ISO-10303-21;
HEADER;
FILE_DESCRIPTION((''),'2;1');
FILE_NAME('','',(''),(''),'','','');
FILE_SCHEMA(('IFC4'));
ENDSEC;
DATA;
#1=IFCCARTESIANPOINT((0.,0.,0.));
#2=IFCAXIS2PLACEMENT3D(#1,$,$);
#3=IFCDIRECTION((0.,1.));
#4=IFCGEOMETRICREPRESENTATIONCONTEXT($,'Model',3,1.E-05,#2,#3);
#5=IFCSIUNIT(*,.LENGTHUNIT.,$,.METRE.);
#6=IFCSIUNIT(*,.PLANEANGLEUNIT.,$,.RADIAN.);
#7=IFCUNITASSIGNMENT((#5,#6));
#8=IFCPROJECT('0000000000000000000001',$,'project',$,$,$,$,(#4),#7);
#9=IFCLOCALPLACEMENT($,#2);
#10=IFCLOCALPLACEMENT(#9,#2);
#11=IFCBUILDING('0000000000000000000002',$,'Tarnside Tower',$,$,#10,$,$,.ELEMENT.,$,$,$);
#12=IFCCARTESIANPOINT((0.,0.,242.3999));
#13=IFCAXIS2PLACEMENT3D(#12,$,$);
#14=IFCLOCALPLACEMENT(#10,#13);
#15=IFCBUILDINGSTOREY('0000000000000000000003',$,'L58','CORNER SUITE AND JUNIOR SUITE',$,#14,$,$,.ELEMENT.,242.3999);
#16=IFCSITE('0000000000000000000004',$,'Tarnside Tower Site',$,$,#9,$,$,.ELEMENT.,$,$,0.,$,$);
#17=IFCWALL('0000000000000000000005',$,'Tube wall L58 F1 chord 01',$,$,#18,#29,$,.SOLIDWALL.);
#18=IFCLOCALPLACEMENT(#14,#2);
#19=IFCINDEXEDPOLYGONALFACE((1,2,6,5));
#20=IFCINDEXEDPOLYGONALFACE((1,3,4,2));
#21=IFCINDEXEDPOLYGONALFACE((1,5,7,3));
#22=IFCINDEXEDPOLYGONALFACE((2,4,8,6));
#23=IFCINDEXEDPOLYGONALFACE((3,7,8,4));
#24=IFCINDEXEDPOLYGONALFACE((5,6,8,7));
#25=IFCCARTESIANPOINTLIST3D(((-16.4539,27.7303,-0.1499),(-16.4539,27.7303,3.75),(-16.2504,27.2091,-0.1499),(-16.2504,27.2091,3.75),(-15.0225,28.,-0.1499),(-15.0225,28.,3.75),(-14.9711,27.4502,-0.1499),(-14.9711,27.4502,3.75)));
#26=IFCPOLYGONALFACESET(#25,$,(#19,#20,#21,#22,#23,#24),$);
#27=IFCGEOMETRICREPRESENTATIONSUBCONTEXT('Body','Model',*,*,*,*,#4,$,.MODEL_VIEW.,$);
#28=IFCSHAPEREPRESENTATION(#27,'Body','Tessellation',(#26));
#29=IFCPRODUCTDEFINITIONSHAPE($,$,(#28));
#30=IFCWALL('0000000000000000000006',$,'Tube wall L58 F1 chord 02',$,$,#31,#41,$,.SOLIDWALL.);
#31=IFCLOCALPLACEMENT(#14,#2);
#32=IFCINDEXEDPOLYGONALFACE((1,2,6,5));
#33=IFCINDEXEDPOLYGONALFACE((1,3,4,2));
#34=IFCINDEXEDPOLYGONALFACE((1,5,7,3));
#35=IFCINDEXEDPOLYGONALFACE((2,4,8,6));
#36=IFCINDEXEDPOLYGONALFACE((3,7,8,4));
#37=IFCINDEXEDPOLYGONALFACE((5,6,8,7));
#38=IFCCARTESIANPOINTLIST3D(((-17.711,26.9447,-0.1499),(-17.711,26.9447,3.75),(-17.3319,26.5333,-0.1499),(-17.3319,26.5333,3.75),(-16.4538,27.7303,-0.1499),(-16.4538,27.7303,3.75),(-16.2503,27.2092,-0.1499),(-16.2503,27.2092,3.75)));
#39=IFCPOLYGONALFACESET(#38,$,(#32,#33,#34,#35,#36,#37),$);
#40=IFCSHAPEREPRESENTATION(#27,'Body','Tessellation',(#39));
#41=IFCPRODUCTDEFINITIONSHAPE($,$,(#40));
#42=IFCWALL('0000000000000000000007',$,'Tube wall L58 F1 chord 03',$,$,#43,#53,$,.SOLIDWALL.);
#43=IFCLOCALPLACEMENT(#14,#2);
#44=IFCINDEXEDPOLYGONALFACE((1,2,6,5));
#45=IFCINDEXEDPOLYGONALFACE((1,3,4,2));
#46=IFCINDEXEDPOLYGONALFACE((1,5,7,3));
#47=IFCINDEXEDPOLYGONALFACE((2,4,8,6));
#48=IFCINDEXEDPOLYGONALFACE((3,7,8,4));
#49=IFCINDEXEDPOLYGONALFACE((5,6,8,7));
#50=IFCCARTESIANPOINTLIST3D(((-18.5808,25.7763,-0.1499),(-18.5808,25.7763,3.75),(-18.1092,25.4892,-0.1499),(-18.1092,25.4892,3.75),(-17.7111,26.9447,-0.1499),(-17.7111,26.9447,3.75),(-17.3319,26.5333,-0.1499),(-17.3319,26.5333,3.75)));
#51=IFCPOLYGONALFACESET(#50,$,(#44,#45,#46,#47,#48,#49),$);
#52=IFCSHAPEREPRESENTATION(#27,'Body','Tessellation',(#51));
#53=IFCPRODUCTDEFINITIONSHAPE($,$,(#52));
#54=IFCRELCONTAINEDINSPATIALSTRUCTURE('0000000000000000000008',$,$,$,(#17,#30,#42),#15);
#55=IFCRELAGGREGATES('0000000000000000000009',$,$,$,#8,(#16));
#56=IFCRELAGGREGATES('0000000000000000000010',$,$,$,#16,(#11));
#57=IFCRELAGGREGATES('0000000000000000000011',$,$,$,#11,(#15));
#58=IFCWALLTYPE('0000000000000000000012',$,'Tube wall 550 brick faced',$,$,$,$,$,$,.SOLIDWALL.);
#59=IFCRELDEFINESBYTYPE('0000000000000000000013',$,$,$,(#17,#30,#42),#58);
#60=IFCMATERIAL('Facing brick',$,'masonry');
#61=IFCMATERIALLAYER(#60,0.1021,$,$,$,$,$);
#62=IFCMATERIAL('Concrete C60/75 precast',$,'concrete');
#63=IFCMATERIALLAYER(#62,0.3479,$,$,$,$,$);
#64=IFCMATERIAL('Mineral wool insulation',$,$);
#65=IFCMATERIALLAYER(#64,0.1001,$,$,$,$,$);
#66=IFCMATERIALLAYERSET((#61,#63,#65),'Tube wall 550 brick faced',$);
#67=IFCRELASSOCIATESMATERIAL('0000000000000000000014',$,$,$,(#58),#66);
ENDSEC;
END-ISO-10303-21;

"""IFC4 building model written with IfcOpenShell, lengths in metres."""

from ifc_helpers import new_model, si_unit, direction, frame, origin, place, context, subcontext, project, spatial, polyline, outline, extrude, material, layer, layer_set, type_object, element, save


model = new_model("IFC4")

# Units and contexts
model_context = context("Model", 3, precision=1e-05, world=origin(), true_north=direction((0.0, 1.0)))
body_context = subcontext(model_context, "Body", "Model", "MODEL_VIEW")
ifc_project = project(units=[si_unit("LENGTHUNIT", "METRE"), si_unit("PLANEANGLEUNIT", "RADIAN")], contexts=[model_context])

# Site, building, storey
site_placement = place(None, origin())
site = spatial("IfcSite", under=ifc_project, at=site_placement, Name="Tarnside Tower Site", CompositionType="ELEMENT", RefElevation=0.0)
building_placement = place(site_placement, origin())
building = spatial("IfcBuilding", under=site, at=building_placement, Name="Tarnside Tower", CompositionType="ELEMENT")
storey_placement = place(building_placement, frame((0.0, 0.0, 242.3999)))
storey = spatial("IfcBuildingStorey", under=building, at=storey_placement, Name="L58", Description="CORNER SUITE AND JUNIOR SUITE", CompositionType="ELEMENT", Elevation=242.3999)

# Walls
ifc_material_1 = material(Name="Facing brick", Category="masonry")
ifc_layer_1 = layer(ifc_material_1, 0.1021)
ifc_material_2 = material(Name="Concrete C60/75 precast", Category="concrete")
ifc_layer_2 = layer(ifc_material_2, 0.3479)
ifc_material_3 = material(Name="Mineral wool insulation")
ifc_layer_3 = layer(ifc_material_3, 0.1001)
ifc_layer_set_1 = layer_set([ifc_layer_1, ifc_layer_2, ifc_layer_3], Name="Tube wall 550 brick faced")
wall_type_1 = type_object("IfcWallType", Name="Tube wall 550 brick faced", PredefinedType="SOLIDWALL", material=ifc_layer_set_1)
wall_1_placement = place(storey_placement, frame((-14.9968, 27.7251, -0.1499), z_axis=(0.0, 0.0, 1.0), x_axis=(-0.982705, -0.185176, 0.0)))
element("IfcWall", 1, at=wall_1_placement, inside=storey, type_object=wall_type_1, Name="Tube wall L58 F1 chord 01", PredefinedType="SOLIDWALL", context=body_context, shape_type="SweptSolid", body=[
    extrude(outline(polyline([(-0.0256, -0.2749), (1.4309, -0.2749), (1.3274, 0.2749), (0.0256, 0.2749), (-0.0256, -0.2749)])), origin(), (0.0, 0.0, 1.0), 3.8999),
])
wall_2_placement = place(storey_placement, frame((-16.3521, 27.4697, -0.1499), z_axis=(0.0, 0.0, 1.0), x_axis=(-0.848058, -0.529903, 0.0)))
element("IfcWall", 2, at=wall_2_placement, inside=storey, type_object=wall_type_1, Name="Tube wall L58 F1 chord 02", PredefinedType="SOLIDWALL", context=body_context, shape_type="SweptSolid", body=[
    extrude(outline(polyline([(-0.0518, -0.2749), (1.4307, -0.2749), (1.3271, 0.2749), (0.0518, 0.2749), (-0.0518, -0.2749)])), origin(), (0.0, 0.0, 1.0), 3.8999),
])
wall_3_placement = place(storey_placement, frame((-17.5215, 26.739, -0.1499), z_axis=(0.0, 0.0, 1.0), x_axis=(-0.597135, -0.802141, 0.0)))
element("IfcWall", 3, at=wall_3_placement, inside=storey, type_object=wall_type_1, Name="Tube wall L58 F1 chord 03", PredefinedType="SOLIDWALL", context=body_context, shape_type="SweptSolid", body=[
    extrude(outline(polyline([(-0.0518, -0.2749), (1.4048, -0.2749), (1.3535, 0.2749), (0.0518, 0.2749), (-0.0518, -0.2749)])), origin(), (0.0, 0.0, 1.0), 3.8999),
])

save(model, "model.ifc")
